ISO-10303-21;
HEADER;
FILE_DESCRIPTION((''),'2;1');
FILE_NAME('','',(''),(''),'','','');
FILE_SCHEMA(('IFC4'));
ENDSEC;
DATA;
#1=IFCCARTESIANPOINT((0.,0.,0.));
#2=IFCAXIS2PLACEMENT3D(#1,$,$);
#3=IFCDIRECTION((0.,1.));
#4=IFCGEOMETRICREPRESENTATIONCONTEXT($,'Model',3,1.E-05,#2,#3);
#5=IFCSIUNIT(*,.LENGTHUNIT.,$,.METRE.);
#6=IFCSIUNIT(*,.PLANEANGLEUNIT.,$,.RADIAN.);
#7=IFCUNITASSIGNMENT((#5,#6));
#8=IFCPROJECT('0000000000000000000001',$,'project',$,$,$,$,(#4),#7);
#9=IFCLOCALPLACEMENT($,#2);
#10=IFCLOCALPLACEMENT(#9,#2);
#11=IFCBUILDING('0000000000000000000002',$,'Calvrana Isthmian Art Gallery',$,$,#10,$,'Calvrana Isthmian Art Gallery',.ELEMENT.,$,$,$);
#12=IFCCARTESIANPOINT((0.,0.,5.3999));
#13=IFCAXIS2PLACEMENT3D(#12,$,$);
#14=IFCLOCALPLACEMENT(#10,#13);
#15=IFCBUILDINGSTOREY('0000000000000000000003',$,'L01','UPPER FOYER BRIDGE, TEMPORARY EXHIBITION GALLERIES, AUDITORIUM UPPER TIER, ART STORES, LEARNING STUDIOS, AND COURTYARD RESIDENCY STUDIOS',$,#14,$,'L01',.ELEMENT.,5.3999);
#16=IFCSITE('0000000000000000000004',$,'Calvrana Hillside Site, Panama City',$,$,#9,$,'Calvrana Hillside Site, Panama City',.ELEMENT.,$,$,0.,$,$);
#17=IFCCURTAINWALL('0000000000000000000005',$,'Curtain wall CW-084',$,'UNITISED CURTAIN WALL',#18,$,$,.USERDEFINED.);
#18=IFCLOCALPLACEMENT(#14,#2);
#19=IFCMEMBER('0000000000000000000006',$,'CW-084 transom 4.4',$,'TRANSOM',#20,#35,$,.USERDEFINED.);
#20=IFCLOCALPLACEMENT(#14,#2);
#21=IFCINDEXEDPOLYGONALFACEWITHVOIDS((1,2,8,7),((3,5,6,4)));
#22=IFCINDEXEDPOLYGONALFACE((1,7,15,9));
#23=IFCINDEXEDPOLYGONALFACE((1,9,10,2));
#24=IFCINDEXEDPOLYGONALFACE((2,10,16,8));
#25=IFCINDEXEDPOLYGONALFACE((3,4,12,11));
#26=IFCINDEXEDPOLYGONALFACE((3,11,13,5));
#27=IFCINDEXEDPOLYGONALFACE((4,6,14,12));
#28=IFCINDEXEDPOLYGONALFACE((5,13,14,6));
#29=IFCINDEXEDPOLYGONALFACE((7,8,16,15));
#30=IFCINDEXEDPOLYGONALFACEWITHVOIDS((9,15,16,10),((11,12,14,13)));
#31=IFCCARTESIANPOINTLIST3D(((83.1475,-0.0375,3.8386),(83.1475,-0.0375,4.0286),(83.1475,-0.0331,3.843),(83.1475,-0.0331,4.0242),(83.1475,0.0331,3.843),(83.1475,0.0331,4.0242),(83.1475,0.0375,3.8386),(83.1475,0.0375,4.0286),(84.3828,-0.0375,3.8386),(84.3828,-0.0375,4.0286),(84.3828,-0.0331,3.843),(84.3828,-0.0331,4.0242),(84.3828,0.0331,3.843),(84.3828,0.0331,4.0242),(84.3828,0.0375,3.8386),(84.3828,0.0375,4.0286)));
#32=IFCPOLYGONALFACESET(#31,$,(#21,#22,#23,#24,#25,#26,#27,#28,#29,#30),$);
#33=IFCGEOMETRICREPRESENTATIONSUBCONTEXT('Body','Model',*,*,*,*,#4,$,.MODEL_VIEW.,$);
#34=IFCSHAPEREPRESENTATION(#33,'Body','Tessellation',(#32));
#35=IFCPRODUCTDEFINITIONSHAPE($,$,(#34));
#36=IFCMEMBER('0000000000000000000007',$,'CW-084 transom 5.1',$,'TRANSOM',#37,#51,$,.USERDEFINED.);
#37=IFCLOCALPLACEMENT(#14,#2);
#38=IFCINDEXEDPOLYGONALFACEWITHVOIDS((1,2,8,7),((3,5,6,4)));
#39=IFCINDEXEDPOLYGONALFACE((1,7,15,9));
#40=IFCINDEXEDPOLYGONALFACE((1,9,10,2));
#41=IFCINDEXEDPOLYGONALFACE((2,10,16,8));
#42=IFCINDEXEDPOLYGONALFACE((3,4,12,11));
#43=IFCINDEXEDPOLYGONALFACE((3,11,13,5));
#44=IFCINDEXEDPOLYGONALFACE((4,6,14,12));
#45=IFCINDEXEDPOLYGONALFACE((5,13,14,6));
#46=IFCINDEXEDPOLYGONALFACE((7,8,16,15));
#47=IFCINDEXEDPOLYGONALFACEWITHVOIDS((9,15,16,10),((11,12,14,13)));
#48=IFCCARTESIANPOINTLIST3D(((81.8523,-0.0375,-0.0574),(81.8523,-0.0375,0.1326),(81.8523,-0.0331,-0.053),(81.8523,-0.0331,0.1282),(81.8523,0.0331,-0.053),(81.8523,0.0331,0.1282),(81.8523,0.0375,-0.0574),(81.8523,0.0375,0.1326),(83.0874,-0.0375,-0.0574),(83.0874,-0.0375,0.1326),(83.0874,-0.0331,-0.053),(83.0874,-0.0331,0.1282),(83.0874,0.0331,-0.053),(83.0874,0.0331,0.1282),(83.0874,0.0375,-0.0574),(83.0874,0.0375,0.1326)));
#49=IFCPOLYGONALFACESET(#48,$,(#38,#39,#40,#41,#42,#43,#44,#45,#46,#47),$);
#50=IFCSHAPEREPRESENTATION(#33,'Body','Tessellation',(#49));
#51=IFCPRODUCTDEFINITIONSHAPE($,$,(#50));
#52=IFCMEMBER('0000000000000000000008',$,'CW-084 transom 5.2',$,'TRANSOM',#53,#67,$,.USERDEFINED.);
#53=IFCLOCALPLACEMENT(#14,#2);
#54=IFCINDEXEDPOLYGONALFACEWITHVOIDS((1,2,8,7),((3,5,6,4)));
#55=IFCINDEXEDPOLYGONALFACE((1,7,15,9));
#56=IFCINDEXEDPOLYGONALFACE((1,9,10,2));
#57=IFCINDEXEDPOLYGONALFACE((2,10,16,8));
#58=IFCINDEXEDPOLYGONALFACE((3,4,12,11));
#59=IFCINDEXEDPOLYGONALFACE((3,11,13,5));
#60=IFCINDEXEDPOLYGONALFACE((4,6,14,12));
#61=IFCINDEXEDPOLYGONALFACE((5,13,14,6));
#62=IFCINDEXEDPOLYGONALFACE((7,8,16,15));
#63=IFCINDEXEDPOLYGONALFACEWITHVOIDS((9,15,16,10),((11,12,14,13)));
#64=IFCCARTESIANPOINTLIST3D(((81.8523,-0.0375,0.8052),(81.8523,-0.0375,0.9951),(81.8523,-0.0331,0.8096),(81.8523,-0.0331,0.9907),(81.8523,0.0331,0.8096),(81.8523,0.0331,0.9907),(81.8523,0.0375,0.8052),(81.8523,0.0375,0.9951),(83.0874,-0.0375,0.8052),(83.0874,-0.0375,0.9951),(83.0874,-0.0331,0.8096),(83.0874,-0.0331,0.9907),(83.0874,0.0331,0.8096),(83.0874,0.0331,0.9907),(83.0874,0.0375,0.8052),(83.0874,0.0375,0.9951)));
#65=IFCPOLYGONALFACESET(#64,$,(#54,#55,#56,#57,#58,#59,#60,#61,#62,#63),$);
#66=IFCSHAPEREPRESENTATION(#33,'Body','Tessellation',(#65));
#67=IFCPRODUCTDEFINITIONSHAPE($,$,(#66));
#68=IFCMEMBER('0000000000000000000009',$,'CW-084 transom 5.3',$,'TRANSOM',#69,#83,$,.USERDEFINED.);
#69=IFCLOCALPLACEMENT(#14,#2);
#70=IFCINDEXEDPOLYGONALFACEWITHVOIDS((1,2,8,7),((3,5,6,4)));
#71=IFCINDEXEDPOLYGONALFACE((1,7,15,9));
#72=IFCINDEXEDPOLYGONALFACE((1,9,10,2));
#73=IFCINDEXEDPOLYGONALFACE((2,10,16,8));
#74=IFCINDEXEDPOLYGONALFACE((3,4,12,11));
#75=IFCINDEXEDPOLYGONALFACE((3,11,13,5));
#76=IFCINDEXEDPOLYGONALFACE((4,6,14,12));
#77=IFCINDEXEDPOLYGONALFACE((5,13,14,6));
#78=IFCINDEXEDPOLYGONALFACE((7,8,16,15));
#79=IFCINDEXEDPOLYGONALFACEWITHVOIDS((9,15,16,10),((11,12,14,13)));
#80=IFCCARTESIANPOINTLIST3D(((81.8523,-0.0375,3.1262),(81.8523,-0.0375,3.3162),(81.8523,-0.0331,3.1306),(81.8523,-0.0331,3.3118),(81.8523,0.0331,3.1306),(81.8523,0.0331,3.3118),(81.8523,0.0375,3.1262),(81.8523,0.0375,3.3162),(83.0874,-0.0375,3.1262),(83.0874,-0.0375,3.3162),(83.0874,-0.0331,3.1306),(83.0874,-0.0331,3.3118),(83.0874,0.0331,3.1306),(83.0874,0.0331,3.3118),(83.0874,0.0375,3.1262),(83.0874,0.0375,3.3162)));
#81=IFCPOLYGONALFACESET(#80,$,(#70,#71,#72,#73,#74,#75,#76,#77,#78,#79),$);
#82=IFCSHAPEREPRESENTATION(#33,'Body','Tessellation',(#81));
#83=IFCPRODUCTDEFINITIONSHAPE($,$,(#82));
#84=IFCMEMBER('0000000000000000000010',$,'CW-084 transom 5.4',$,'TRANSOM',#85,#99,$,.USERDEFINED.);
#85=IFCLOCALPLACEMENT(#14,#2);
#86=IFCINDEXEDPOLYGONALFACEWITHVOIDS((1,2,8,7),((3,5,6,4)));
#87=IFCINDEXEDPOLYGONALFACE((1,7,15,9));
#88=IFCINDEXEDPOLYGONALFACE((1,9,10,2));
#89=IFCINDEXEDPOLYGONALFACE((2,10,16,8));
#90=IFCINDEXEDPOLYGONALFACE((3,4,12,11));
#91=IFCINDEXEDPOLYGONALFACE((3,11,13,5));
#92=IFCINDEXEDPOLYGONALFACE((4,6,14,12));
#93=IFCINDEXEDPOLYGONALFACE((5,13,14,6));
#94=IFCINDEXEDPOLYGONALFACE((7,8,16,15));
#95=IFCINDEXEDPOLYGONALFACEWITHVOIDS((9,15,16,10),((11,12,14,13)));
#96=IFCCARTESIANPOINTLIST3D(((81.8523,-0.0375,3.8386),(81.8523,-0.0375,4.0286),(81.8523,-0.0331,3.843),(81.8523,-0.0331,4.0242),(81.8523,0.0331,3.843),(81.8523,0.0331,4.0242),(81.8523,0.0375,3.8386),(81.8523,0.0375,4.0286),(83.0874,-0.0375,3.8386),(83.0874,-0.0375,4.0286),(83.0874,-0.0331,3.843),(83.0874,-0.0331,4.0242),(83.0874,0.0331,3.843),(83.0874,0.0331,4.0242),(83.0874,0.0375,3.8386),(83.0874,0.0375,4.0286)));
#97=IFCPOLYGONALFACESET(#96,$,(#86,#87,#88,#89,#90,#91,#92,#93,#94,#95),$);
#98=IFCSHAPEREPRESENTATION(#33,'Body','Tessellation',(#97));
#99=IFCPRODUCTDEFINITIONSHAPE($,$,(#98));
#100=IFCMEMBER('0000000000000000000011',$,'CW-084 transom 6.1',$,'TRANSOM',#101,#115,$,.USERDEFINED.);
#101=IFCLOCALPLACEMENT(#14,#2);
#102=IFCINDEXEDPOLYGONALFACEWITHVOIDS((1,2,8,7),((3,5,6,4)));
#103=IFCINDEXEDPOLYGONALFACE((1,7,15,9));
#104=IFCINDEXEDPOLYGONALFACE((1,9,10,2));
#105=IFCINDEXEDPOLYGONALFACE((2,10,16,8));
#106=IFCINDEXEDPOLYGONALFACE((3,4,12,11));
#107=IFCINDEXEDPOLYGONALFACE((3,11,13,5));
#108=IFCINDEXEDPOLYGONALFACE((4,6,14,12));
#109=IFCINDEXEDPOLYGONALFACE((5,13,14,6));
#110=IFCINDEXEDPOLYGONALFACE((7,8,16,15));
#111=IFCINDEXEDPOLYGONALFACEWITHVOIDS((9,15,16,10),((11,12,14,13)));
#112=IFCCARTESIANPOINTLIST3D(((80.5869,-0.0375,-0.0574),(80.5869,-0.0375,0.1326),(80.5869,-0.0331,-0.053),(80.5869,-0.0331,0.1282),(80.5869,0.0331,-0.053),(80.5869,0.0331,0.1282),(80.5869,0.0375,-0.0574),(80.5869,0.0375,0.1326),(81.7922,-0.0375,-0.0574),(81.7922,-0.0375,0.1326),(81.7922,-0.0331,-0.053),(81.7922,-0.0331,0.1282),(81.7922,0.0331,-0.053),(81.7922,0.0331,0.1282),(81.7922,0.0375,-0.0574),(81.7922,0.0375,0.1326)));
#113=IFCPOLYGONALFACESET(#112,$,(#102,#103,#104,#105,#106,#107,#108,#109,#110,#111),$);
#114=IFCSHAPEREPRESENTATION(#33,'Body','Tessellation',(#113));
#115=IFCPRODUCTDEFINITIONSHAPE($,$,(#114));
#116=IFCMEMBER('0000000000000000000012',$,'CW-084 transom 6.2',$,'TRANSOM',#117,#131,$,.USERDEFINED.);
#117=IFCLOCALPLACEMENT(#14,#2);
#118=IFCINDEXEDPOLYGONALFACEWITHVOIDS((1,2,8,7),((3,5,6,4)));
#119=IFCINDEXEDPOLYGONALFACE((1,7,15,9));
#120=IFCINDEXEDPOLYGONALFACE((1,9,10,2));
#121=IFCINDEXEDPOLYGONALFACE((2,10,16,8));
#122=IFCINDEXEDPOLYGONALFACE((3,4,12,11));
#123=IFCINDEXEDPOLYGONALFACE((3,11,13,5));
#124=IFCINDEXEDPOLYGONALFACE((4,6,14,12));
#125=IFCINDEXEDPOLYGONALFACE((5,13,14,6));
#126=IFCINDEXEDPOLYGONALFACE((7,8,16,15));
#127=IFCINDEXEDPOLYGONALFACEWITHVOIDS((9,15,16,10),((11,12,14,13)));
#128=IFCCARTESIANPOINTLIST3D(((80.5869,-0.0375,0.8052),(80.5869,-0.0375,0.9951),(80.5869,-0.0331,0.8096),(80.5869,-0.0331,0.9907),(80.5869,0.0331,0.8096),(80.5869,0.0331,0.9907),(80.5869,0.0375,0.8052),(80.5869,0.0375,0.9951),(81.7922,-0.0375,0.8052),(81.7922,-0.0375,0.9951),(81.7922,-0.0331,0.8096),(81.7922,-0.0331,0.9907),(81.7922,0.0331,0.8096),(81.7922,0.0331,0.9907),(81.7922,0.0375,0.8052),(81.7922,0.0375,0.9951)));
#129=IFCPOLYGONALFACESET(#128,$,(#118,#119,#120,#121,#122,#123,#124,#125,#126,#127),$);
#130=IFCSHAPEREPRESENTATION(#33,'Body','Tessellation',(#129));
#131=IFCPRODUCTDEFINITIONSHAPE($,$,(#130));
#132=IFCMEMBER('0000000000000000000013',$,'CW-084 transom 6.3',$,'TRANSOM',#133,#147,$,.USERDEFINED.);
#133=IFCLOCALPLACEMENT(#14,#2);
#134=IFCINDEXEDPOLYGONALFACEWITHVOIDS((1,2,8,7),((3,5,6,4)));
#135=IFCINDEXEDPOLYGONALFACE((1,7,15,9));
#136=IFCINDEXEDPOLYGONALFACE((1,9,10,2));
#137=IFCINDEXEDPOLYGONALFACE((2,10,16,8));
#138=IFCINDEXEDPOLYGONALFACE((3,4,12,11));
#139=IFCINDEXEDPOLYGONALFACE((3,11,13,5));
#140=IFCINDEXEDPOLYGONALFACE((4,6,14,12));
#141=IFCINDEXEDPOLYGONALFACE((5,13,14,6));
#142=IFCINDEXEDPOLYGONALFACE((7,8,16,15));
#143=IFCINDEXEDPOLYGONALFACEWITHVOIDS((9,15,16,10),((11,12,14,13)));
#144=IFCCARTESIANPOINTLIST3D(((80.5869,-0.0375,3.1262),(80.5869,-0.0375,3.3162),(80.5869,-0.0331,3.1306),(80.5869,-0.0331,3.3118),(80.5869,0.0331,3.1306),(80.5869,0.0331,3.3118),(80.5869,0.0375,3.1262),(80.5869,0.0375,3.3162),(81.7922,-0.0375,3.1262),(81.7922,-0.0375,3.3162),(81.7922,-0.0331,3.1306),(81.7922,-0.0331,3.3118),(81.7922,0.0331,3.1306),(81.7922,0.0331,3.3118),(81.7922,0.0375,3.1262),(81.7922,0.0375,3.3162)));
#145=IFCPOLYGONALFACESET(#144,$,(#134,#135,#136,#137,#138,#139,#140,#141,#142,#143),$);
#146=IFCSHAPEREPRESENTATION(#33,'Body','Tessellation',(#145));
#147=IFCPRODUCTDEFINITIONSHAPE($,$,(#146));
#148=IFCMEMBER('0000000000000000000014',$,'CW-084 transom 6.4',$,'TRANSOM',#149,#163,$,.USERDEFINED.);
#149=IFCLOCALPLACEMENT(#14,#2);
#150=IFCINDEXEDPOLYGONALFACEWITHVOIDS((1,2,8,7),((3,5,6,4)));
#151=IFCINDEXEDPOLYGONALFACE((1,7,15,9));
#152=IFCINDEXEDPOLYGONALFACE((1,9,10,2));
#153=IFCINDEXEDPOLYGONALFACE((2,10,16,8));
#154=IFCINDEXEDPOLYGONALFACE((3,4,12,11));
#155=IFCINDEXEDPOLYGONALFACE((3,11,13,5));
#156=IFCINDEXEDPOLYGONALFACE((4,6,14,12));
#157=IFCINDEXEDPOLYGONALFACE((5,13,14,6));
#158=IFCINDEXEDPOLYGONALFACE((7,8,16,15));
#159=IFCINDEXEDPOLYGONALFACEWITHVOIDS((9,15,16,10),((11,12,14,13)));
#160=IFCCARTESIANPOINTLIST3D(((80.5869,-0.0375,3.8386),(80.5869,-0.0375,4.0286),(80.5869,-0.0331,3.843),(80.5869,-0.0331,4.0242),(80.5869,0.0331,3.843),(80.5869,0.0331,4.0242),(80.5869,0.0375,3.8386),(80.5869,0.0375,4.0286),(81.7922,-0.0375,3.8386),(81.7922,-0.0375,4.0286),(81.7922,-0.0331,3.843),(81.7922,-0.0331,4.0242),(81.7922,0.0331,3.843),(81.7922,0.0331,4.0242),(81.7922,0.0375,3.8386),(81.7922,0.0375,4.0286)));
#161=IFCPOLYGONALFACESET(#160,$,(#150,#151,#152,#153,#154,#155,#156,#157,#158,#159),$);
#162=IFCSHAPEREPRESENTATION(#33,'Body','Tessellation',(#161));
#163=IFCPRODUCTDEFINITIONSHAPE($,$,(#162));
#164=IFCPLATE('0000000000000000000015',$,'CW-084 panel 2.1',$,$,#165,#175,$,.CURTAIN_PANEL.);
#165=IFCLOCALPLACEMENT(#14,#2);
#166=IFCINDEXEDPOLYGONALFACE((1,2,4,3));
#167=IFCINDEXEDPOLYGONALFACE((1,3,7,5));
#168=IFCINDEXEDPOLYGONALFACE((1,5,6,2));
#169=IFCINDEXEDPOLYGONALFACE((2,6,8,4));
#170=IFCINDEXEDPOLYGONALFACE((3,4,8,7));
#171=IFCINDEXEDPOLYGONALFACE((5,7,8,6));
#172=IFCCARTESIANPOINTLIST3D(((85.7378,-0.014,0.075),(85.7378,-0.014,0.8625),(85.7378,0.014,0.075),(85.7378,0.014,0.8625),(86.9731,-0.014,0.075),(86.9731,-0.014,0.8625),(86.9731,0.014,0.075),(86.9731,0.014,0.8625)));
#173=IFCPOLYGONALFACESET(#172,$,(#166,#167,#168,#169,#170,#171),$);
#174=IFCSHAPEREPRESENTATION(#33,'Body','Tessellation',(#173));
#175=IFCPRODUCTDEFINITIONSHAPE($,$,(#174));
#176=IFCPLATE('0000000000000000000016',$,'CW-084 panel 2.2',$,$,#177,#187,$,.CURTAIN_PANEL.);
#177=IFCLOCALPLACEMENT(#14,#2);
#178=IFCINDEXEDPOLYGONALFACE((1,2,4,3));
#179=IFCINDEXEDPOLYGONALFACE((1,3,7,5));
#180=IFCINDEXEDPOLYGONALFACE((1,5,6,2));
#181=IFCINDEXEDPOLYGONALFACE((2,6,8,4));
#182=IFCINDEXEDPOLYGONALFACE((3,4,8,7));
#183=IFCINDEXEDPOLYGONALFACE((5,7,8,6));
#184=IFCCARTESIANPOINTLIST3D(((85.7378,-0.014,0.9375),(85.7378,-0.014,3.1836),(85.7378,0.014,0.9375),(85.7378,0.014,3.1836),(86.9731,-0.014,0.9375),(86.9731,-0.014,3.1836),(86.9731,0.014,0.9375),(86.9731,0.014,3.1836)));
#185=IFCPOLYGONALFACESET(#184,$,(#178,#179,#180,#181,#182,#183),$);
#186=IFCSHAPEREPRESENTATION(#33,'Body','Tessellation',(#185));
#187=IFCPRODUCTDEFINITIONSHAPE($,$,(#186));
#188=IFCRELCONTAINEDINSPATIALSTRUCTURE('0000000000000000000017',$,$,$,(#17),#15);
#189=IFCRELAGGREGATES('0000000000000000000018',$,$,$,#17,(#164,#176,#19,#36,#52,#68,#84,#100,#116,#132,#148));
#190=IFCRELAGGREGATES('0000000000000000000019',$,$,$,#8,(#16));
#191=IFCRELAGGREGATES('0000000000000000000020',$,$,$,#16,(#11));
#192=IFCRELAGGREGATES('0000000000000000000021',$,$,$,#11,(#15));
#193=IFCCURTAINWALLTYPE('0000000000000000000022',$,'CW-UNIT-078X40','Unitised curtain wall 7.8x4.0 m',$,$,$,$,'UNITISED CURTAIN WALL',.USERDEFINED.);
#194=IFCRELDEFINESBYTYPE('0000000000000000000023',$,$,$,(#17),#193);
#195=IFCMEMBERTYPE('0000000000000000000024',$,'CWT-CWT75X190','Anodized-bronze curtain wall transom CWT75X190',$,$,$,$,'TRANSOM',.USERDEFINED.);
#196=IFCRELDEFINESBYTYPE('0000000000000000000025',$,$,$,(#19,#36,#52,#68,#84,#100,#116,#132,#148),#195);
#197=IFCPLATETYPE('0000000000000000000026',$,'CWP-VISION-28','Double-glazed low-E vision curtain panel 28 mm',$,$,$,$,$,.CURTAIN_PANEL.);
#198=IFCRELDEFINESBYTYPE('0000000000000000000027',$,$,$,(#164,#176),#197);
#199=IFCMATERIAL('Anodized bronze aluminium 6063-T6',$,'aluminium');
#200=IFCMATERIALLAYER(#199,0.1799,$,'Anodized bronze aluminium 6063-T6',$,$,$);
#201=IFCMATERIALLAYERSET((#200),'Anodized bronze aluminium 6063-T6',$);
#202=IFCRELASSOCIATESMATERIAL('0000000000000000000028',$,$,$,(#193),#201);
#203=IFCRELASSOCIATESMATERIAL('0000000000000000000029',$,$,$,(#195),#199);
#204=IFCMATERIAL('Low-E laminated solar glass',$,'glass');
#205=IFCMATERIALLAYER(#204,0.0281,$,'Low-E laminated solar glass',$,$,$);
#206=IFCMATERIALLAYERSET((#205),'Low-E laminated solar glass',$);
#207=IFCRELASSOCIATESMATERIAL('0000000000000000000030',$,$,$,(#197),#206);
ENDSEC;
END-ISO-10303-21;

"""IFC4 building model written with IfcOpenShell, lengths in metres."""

from ifc_helpers import new_model, si_unit, direction, frame, origin, origin_2d, place, context, subcontext, project, spatial, rectangle, hollow_rectangle, extrude, material, layer, layer_set, material_profile, profile_set, type_object, element, aggregate, save


model = new_model("IFC4")

# Units and contexts
model_context = context("Model", 3, precision=1e-05, world=origin(), true_north=direction((0.0, 1.0)))
body_context = subcontext(model_context, "Body", "Model", "MODEL_VIEW")
ifc_project = project(units=[si_unit("LENGTHUNIT", "METRE"), si_unit("PLANEANGLEUNIT", "RADIAN")], contexts=[model_context])

# Site, building, storey
site_placement = place(None, origin())
site = spatial("IfcSite", under=ifc_project, at=site_placement, Name="Calvrana Hillside Site, Panama City", LongName="Calvrana Hillside Site, Panama City", CompositionType="ELEMENT", RefElevation=0.0)
building_placement = place(site_placement, origin())
building = spatial("IfcBuilding", under=site, at=building_placement, Name="Calvrana Isthmian Art Gallery", LongName="Calvrana Isthmian Art Gallery", CompositionType="ELEMENT")
storey_placement = place(building_placement, frame((0.0, 0.0, 5.3999)))
storey = spatial("IfcBuildingStorey", under=building, at=storey_placement, Name="L01", Description="UPPER FOYER BRIDGE, TEMPORARY EXHIBITION GALLERIES, AUDITORIUM UPPER TIER, ART STORES, LEARNING STUDIOS, AND COURTYARD RESIDENCY STUDIOS", LongName="L01", CompositionType="ELEMENT", Elevation=5.3999)

# Curtain wall, members, plates
ifc_material_1 = material(Name="Anodized bronze aluminium 6063-T6", Category="aluminium")
ifc_layer_1 = layer(ifc_material_1, 0.1799, Name="Anodized bronze aluminium 6063-T6")
ifc_layer_set_1 = layer_set([ifc_layer_1], Name="Anodized bronze aluminium 6063-T6")
curtain_wall_type = type_object("IfcCurtainWallType", Name="CW-UNIT-078X40", Description="Unitised curtain wall 7.8x4.0 m", ElementType="UNITISED CURTAIN WALL", PredefinedType="USERDEFINED", material=ifc_layer_set_1)
curtain_wall_placement = place(storey_placement, origin())
curtain_wall = element("IfcCurtainWall", 1, at=curtain_wall_placement, inside=storey, type_object=curtain_wall_type, Name="Curtain wall CW-084", ObjectType="UNITISED CURTAIN WALL", PredefinedType="USERDEFINED")
ifc_material_profile_1 = material_profile(ifc_material_1, hollow_rectangle(XDim=0.075, YDim=0.1899, WallThickness=0.0044, at=origin_2d()), Name="CWT75X190")
ifc_profile_set_1 = profile_set([ifc_material_profile_1], Name="Anodized bronze aluminium 6063-T6")
member_type_1 = type_object("IfcMemberType", Name="CWT-CWT75X190", Description="Anodized-bronze curtain wall transom CWT75X190", ElementType="TRANSOM", PredefinedType="USERDEFINED", material=ifc_profile_set_1)
member_1_placement = place(storey_placement, frame((84.3828, 0.0, 3.9336), z_axis=(-1.0, 0.0, 0.0), x_axis=(0.0, -1.0, 0.0)))
member_1 = element("IfcMember", 2, at=member_1_placement, type_object=member_type_1, Name="CW-084 transom 4.4", ObjectType="TRANSOM", PredefinedType="USERDEFINED", context=body_context, shape_type="SweptSolid", body=[
    extrude(hollow_rectangle(XDim=0.075, YDim=0.1899, WallThickness=0.0044, at=origin_2d()), origin(), (0.0, 0.0, 1.0), 1.2354),
])
member_2_placement = place(storey_placement, frame((83.0874, 0.0, 0.0376), z_axis=(-1.0, 0.0, 0.0), x_axis=(0.0, -1.0, 0.0)))
member_2 = element("IfcMember", 3, at=member_2_placement, type_object=member_type_1, Name="CW-084 transom 5.1", ObjectType="TRANSOM", PredefinedType="USERDEFINED", context=body_context, shape_type="SweptSolid", body=[
    extrude(hollow_rectangle(XDim=0.075, YDim=0.1899, WallThickness=0.0044, at=origin_2d()), origin(), (0.0, 0.0, 1.0), 1.2351),
])
member_3_placement = place(storey_placement, frame((83.0874, 0.0, 0.9001), z_axis=(-1.0, 0.0, 0.0), x_axis=(0.0, -1.0, 0.0)))
member_3 = element("IfcMember", 4, at=member_3_placement, type_object=member_type_1, Name="CW-084 transom 5.2", ObjectType="TRANSOM", PredefinedType="USERDEFINED", context=body_context, shape_type="SweptSolid", body=[
    extrude(hollow_rectangle(XDim=0.075, YDim=0.1899, WallThickness=0.0044, at=origin_2d()), origin(), (0.0, 0.0, 1.0), 1.2351),
])
member_4_placement = place(storey_placement, frame((83.0874, 0.0, 3.2212), z_axis=(-1.0, 0.0, 0.0), x_axis=(0.0, -1.0, 0.0)))
member_4 = element("IfcMember", 5, at=member_4_placement, type_object=member_type_1, Name="CW-084 transom 5.3", ObjectType="TRANSOM", PredefinedType="USERDEFINED", context=body_context, shape_type="SweptSolid", body=[
    extrude(hollow_rectangle(XDim=0.075, YDim=0.1899, WallThickness=0.0044, at=origin_2d()), origin(), (0.0, 0.0, 1.0), 1.2351),
])
member_5_placement = place(storey_placement, frame((83.0874, 0.0, 3.9336), z_axis=(-1.0, 0.0, 0.0), x_axis=(0.0, -1.0, 0.0)))
member_5 = element("IfcMember", 6, at=member_5_placement, type_object=member_type_1, Name="CW-084 transom 5.4", ObjectType="TRANSOM", PredefinedType="USERDEFINED", context=body_context, shape_type="SweptSolid", body=[
    extrude(hollow_rectangle(XDim=0.075, YDim=0.1899, WallThickness=0.0044, at=origin_2d()), origin(), (0.0, 0.0, 1.0), 1.2351),
])
member_6_placement = place(storey_placement, frame((81.7922, 0.0, 0.0376), z_axis=(-1.0, 0.0, 0.0), x_axis=(0.0, -1.0, 0.0)))
member_6 = element("IfcMember", 7, at=member_6_placement, type_object=member_type_1, Name="CW-084 transom 6.1", ObjectType="TRANSOM", PredefinedType="USERDEFINED", context=body_context, shape_type="SweptSolid", body=[
    extrude(hollow_rectangle(XDim=0.075, YDim=0.1899, WallThickness=0.0044, at=origin_2d()), origin(), (0.0, 0.0, 1.0), 1.2053),
])
member_7_placement = place(storey_placement, frame((81.7922, 0.0, 0.9001), z_axis=(-1.0, 0.0, 0.0), x_axis=(0.0, -1.0, 0.0)))
member_7 = element("IfcMember", 8, at=member_7_placement, type_object=member_type_1, Name="CW-084 transom 6.2", ObjectType="TRANSOM", PredefinedType="USERDEFINED", context=body_context, shape_type="SweptSolid", body=[
    extrude(hollow_rectangle(XDim=0.075, YDim=0.1899, WallThickness=0.0044, at=origin_2d()), origin(), (0.0, 0.0, 1.0), 1.2053),
])
member_8_placement = place(storey_placement, frame((81.7922, 0.0, 3.2212), z_axis=(-1.0, 0.0, 0.0), x_axis=(0.0, -1.0, 0.0)))
member_8 = element("IfcMember", 9, at=member_8_placement, type_object=member_type_1, Name="CW-084 transom 6.3", ObjectType="TRANSOM", PredefinedType="USERDEFINED", context=body_context, shape_type="SweptSolid", body=[
    extrude(hollow_rectangle(XDim=0.075, YDim=0.1899, WallThickness=0.0044, at=origin_2d()), origin(), (0.0, 0.0, 1.0), 1.2053),
])
member_9_placement = place(storey_placement, frame((81.7922, 0.0, 3.9336), z_axis=(-1.0, 0.0, 0.0), x_axis=(0.0, -1.0, 0.0)))
member_9 = element("IfcMember", 10, at=member_9_placement, type_object=member_type_1, Name="CW-084 transom 6.4", ObjectType="TRANSOM", PredefinedType="USERDEFINED", context=body_context, shape_type="SweptSolid", body=[
    extrude(hollow_rectangle(XDim=0.075, YDim=0.1899, WallThickness=0.0044, at=origin_2d()), origin(), (0.0, 0.0, 1.0), 1.2053),
])
ifc_material_2 = material(Name="Low-E laminated solar glass", Category="glass")
ifc_layer_2 = layer(ifc_material_2, 0.0281, Name="Low-E laminated solar glass")
ifc_layer_set_2 = layer_set([ifc_layer_2], Name="Low-E laminated solar glass")
plate_type = type_object("IfcPlateType", Name="CWP-VISION-28", Description="Double-glazed low-E vision curtain panel 28 mm", PredefinedType="CURTAIN_PANEL", material=ifc_layer_set_2)
plate_1_placement = place(storey_placement, frame((86.3555, 0.0, 0.075), z_axis=(0.0, 0.0, 1.0), x_axis=(-1.0, 0.0, 0.0)))
plate_1 = element("IfcPlate", 11, at=plate_1_placement, type_object=plate_type, Name="CW-084 panel 2.1", PredefinedType="CURTAIN_PANEL", context=body_context, shape_type="SweptSolid", body=[
    extrude(rectangle(XDim=1.2354, YDim=0.0281, at=origin_2d()), origin(), (0.0, 0.0, 1.0), 0.7876),
])
plate_2_placement = place(storey_placement, frame((86.3555, 0.0, 0.9375), z_axis=(0.0, 0.0, 1.0), x_axis=(-1.0, 0.0, 0.0)))
plate_2 = element("IfcPlate", 12, at=plate_2_placement, type_object=plate_type, Name="CW-084 panel 2.2", PredefinedType="CURTAIN_PANEL", context=body_context, shape_type="SweptSolid", body=[
    extrude(rectangle(XDim=1.2354, YDim=0.0281, at=origin_2d()), origin(), (0.0, 0.0, 1.0), 2.2461),
])
aggregate(curtain_wall, [plate_1, plate_2, member_1, member_2, member_3, member_4, member_5, member_6, member_7, member_8, member_9])

save(model, "model.ifc")
